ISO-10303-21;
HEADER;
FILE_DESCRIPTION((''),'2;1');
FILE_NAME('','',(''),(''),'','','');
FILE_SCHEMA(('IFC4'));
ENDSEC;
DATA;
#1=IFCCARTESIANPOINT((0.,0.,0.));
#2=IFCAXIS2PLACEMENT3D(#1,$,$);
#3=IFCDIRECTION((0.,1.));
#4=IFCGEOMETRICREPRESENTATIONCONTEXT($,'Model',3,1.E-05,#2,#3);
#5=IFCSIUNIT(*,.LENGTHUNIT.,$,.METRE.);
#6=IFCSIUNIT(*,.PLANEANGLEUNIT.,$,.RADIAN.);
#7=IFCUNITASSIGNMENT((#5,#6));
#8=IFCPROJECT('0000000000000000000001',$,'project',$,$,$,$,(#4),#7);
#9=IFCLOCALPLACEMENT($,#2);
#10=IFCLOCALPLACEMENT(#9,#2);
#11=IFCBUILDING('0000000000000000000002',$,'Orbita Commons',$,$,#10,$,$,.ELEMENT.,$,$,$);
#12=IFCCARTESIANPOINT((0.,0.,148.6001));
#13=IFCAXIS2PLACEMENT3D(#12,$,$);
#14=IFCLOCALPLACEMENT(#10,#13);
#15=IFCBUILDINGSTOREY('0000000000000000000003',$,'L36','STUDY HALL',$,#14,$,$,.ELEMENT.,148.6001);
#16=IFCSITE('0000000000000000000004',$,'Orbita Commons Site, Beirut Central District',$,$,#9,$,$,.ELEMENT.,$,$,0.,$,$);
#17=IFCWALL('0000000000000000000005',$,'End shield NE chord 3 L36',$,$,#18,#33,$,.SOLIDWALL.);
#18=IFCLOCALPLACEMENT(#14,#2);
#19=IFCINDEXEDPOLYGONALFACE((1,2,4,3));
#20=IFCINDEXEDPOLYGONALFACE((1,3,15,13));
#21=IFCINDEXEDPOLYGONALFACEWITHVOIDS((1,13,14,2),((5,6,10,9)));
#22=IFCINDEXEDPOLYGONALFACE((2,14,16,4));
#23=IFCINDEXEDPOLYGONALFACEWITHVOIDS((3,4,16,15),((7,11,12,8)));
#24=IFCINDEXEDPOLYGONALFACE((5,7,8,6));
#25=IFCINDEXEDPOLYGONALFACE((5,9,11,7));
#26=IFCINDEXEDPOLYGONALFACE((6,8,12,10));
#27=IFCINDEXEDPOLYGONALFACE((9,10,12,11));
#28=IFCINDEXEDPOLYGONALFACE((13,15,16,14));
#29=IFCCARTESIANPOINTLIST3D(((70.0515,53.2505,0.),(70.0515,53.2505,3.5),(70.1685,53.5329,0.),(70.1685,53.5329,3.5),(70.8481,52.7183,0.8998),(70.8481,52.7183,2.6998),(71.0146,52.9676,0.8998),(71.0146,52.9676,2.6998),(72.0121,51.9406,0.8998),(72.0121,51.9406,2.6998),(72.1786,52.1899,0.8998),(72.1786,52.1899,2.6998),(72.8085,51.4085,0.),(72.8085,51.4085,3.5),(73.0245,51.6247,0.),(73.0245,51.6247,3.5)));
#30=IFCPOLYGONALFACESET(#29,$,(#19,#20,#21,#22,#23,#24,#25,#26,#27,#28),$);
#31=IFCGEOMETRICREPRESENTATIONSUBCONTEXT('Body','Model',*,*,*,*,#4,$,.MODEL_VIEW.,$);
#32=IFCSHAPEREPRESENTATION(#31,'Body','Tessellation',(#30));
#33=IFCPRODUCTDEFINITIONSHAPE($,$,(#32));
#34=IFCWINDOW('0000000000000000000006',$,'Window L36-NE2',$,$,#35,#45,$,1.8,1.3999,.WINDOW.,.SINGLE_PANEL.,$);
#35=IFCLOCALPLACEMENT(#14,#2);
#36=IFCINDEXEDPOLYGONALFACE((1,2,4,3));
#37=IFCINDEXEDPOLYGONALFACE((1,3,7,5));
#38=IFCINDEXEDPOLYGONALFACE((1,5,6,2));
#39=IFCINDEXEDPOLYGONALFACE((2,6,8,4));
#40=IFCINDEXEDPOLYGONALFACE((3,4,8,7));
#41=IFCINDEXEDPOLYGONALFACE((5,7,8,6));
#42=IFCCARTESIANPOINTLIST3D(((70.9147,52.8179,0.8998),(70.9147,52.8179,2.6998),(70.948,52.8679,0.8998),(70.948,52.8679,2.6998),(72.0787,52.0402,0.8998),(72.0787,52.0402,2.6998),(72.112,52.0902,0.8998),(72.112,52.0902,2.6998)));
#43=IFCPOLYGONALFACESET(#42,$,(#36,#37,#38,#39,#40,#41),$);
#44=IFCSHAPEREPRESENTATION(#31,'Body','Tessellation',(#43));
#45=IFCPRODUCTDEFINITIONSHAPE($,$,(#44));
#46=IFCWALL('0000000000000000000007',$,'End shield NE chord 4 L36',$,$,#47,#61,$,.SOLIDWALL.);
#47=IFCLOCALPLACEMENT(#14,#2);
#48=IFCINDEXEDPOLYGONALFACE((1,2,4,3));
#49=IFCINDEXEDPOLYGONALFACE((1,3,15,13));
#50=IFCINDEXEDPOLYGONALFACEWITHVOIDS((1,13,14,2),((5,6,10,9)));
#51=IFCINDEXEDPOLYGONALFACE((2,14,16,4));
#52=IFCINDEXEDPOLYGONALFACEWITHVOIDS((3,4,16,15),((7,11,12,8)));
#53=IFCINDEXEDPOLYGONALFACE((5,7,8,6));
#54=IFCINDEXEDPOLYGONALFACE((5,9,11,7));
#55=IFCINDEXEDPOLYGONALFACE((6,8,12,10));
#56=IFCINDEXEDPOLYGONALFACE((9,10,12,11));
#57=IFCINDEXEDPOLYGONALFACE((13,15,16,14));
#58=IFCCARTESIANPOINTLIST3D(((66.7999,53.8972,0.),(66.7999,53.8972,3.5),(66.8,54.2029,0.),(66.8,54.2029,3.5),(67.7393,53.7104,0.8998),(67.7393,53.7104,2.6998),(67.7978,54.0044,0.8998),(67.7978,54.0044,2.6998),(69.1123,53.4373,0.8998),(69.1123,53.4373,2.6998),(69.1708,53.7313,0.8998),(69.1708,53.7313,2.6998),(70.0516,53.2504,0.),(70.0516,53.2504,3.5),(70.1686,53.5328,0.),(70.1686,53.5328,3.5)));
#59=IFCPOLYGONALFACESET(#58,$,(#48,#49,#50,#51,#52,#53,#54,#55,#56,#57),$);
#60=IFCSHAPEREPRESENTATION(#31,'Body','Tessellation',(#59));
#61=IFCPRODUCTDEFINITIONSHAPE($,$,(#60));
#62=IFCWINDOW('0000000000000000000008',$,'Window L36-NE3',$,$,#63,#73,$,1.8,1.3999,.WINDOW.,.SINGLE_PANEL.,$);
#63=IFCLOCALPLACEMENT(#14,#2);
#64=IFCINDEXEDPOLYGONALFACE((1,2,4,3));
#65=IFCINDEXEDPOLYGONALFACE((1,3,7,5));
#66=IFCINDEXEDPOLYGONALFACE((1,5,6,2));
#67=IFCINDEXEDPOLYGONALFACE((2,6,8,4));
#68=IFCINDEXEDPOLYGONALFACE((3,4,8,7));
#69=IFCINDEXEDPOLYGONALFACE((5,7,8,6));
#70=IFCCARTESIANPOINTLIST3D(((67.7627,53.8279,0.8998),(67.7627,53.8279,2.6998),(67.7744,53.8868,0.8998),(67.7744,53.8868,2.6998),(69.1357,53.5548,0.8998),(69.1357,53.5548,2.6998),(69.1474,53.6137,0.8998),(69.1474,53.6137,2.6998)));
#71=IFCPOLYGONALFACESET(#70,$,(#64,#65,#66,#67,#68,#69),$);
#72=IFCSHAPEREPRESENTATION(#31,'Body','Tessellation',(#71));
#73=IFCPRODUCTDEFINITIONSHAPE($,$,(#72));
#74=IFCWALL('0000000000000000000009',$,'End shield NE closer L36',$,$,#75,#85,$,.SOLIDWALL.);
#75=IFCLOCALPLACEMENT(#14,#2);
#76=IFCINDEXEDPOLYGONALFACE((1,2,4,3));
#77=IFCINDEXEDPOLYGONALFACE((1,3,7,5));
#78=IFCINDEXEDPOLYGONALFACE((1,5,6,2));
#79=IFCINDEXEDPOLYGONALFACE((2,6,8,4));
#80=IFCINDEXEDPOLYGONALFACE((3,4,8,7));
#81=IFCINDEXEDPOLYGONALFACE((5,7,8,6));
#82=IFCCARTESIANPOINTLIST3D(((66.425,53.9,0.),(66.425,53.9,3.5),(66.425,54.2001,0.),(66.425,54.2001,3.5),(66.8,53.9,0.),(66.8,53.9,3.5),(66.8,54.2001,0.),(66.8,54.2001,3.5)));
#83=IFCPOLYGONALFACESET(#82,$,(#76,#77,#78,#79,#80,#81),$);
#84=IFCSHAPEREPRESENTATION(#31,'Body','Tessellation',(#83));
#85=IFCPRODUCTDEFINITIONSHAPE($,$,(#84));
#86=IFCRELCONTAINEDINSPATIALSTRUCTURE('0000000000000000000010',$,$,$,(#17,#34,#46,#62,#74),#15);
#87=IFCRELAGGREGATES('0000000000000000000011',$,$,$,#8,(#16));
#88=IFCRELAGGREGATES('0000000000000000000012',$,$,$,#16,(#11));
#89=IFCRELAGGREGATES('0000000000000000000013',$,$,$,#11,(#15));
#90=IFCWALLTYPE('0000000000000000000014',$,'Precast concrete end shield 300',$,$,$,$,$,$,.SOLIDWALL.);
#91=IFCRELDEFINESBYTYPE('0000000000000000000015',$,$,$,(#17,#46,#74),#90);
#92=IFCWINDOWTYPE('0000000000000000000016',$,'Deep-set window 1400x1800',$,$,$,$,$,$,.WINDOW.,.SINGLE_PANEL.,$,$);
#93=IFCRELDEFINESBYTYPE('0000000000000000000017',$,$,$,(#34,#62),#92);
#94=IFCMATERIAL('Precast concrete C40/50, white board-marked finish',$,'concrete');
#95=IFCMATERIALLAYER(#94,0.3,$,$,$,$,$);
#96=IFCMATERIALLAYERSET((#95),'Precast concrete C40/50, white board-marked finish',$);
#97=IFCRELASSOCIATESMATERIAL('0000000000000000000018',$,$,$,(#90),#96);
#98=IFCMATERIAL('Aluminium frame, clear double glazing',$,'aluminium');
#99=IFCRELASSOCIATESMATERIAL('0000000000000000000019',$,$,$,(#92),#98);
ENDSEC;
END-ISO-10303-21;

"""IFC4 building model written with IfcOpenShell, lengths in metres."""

from ifc_helpers import new_model, si_unit, direction, frame, frame_2d, origin, place, context, subcontext, project, spatial, polyline, rectangle, outline, extrude, material, layer, layer_set, type_object, element, fill, save


model = new_model("IFC4")

# Units and contexts
model_context = context("Model", 3, precision=1e-05, world=origin(), true_north=direction((0.0, 1.0)))
body_context = subcontext(model_context, "Body", "Model", "MODEL_VIEW")
ifc_project = project(units=[si_unit("LENGTHUNIT", "METRE"), si_unit("PLANEANGLEUNIT", "RADIAN")], contexts=[model_context])

# Site, building, storey
site_placement = place(None, origin())
site = spatial("IfcSite", under=ifc_project, at=site_placement, Name="Orbita Commons Site, Beirut Central District", CompositionType="ELEMENT", RefElevation=0.0)
building_placement = place(site_placement, origin())
building = spatial("IfcBuilding", under=site, at=building_placement, Name="Orbita Commons", CompositionType="ELEMENT")
storey_placement = place(building_placement, frame((0.0, 0.0, 148.6001)))
storey = spatial("IfcBuildingStorey", under=building, at=storey_placement, Name="L36", Description="STUDY HALL", CompositionType="ELEMENT", Elevation=148.6001)

# Walls, openings, windows
ifc_material_1 = material(Name="Precast concrete C40/50, white board-marked finish", Category="concrete")
ifc_layer_1 = layer(ifc_material_1, 0.3)
ifc_layer_set_1 = layer_set([ifc_layer_1], Name="Precast concrete C40/50, white board-marked finish")
wall_type_1 = type_object("IfcWallType", Name="Precast concrete end shield 300", PredefinedType="SOLIDWALL", material=ifc_layer_set_1)
wall_1_placement = place(storey_placement, frame((72.9165, 51.5166, 0.0), z_axis=(0.0, 0.0, 1.0), x_axis=(-0.831493, 0.555535, 0.0)))
wall_1 = element("IfcWall", 1, at=wall_1_placement, inside=storey, type_object=wall_type_1, Name="End shield NE chord 3 L36", PredefinedType="SOLIDWALL", context=body_context, shape_type="SweptSolid", body=[
    extrude(outline(polyline([(-0.0298, -0.1499), (3.405, -0.1499), (3.3455, 0.1499), (0.0298, 0.1499), (-0.0298, -0.1499)])), origin(), (0.0, 0.0, 1.0), 3.5),
])
opening_1_placement = place(wall_1_placement, frame((0.9875, 0.0, 0.8999)))
opening_1 = element("IfcOpeningElement", 2, at=opening_1_placement, cuts=wall_1, PredefinedType="OPENING", context=body_context, shape_type="SweptSolid", body=[
    extrude(rectangle(XDim=1.3999, YDim=1.8, at=frame_2d((0.7, 0.8999))), frame((0.0, 0.1599, 0.0), z_axis=(0.0, -1.0, 0.0), x_axis=(1.0, 0.0, 0.0)), (0.0, 0.0, 1.0), 0.3201),
])
ifc_material_2 = material(Name="Aluminium frame, clear double glazing", Category="aluminium")
window_type = type_object("IfcWindowType", Name="Deep-set window 1400x1800", PartitioningType="SINGLE_PANEL", PredefinedType="WINDOW", material=ifc_material_2)
window_1_placement = place(opening_1_placement, origin())
window_1 = element("IfcWindow", 3, at=window_1_placement, inside=storey, type_object=window_type, Name="Window L36-NE2", OverallHeight=1.8, OverallWidth=1.3999, PartitioningType="SINGLE_PANEL", PredefinedType="WINDOW", context=body_context, shape_type="SweptSolid", body=[
    extrude(rectangle(XDim=1.3999, YDim=1.8, at=frame_2d((0.7, 0.8999))), frame((0.0, 0.03, 0.0), z_axis=(0.0, -1.0, 0.0), x_axis=(1.0, 0.0, 0.0)), (0.0, 0.0, 1.0), 0.0601),
])
fill(opening_1, window_1)
wall_2_placement = place(storey_placement, frame((70.1101, 53.3916, 0.0), z_axis=(0.0, 0.0, 1.0), x_axis=(-0.980783, 0.1951, 0.0)))
wall_2 = element("IfcWall", 4, at=wall_2_placement, inside=storey, type_object=wall_type_1, Name="End shield NE chord 4 L36", PredefinedType="SOLIDWALL", context=body_context, shape_type="SweptSolid", body=[
    extrude(outline(polyline([(-0.0298, -0.1499), (3.4048, -0.1499), (3.3452, 0.1499), (0.0298, 0.1499), (-0.0298, -0.1499)])), origin(), (0.0, 0.0, 1.0), 3.5),
])
opening_2_placement = place(wall_2_placement, frame((0.9875, 0.0, 0.8999)))
opening_2 = element("IfcOpeningElement", 5, at=opening_2_placement, cuts=wall_2, PredefinedType="OPENING", context=body_context, shape_type="SweptSolid", body=[
    extrude(rectangle(XDim=1.3999, YDim=1.8, at=frame_2d((0.7, 0.8999))), frame((0.0, 0.1599, 0.0), z_axis=(0.0, -1.0, 0.0), x_axis=(1.0, 0.0, 0.0)), (0.0, 0.0, 1.0), 0.3201),
])
window_2_placement = place(opening_2_placement, origin())
window_2 = element("IfcWindow", 6, at=window_2_placement, inside=storey, type_object=window_type, Name="Window L36-NE3", OverallHeight=1.8, OverallWidth=1.3999, PartitioningType="SINGLE_PANEL", PredefinedType="WINDOW", context=body_context, shape_type="SweptSolid", body=[
    extrude(rectangle(XDim=1.3999, YDim=1.8, at=frame_2d((0.7, 0.8999))), frame((0.0, 0.03, 0.0), z_axis=(0.0, -1.0, 0.0), x_axis=(1.0, 0.0, 0.0)), (0.0, 0.0, 1.0), 0.0601),
])
fill(opening_2, window_2)

# Wall
wall_3_placement = place(storey_placement, frame((66.8, 54.05, 0.0), z_axis=(0.0, 0.0, 1.0), x_axis=(-1.0, 0.0, 0.0)))
element("IfcWall", 7, at=wall_3_placement, inside=storey, type_object=wall_type_1, Name="End shield NE closer L36", PredefinedType="SOLIDWALL", context=body_context, shape_type="SweptSolid", body=[
    extrude(rectangle(XDim=0.375, YDim=0.3, at=frame_2d((0.1875, 0.0))), origin(), (0.0, 0.0, 1.0), 3.5),
])

save(model, "model.ifc")
